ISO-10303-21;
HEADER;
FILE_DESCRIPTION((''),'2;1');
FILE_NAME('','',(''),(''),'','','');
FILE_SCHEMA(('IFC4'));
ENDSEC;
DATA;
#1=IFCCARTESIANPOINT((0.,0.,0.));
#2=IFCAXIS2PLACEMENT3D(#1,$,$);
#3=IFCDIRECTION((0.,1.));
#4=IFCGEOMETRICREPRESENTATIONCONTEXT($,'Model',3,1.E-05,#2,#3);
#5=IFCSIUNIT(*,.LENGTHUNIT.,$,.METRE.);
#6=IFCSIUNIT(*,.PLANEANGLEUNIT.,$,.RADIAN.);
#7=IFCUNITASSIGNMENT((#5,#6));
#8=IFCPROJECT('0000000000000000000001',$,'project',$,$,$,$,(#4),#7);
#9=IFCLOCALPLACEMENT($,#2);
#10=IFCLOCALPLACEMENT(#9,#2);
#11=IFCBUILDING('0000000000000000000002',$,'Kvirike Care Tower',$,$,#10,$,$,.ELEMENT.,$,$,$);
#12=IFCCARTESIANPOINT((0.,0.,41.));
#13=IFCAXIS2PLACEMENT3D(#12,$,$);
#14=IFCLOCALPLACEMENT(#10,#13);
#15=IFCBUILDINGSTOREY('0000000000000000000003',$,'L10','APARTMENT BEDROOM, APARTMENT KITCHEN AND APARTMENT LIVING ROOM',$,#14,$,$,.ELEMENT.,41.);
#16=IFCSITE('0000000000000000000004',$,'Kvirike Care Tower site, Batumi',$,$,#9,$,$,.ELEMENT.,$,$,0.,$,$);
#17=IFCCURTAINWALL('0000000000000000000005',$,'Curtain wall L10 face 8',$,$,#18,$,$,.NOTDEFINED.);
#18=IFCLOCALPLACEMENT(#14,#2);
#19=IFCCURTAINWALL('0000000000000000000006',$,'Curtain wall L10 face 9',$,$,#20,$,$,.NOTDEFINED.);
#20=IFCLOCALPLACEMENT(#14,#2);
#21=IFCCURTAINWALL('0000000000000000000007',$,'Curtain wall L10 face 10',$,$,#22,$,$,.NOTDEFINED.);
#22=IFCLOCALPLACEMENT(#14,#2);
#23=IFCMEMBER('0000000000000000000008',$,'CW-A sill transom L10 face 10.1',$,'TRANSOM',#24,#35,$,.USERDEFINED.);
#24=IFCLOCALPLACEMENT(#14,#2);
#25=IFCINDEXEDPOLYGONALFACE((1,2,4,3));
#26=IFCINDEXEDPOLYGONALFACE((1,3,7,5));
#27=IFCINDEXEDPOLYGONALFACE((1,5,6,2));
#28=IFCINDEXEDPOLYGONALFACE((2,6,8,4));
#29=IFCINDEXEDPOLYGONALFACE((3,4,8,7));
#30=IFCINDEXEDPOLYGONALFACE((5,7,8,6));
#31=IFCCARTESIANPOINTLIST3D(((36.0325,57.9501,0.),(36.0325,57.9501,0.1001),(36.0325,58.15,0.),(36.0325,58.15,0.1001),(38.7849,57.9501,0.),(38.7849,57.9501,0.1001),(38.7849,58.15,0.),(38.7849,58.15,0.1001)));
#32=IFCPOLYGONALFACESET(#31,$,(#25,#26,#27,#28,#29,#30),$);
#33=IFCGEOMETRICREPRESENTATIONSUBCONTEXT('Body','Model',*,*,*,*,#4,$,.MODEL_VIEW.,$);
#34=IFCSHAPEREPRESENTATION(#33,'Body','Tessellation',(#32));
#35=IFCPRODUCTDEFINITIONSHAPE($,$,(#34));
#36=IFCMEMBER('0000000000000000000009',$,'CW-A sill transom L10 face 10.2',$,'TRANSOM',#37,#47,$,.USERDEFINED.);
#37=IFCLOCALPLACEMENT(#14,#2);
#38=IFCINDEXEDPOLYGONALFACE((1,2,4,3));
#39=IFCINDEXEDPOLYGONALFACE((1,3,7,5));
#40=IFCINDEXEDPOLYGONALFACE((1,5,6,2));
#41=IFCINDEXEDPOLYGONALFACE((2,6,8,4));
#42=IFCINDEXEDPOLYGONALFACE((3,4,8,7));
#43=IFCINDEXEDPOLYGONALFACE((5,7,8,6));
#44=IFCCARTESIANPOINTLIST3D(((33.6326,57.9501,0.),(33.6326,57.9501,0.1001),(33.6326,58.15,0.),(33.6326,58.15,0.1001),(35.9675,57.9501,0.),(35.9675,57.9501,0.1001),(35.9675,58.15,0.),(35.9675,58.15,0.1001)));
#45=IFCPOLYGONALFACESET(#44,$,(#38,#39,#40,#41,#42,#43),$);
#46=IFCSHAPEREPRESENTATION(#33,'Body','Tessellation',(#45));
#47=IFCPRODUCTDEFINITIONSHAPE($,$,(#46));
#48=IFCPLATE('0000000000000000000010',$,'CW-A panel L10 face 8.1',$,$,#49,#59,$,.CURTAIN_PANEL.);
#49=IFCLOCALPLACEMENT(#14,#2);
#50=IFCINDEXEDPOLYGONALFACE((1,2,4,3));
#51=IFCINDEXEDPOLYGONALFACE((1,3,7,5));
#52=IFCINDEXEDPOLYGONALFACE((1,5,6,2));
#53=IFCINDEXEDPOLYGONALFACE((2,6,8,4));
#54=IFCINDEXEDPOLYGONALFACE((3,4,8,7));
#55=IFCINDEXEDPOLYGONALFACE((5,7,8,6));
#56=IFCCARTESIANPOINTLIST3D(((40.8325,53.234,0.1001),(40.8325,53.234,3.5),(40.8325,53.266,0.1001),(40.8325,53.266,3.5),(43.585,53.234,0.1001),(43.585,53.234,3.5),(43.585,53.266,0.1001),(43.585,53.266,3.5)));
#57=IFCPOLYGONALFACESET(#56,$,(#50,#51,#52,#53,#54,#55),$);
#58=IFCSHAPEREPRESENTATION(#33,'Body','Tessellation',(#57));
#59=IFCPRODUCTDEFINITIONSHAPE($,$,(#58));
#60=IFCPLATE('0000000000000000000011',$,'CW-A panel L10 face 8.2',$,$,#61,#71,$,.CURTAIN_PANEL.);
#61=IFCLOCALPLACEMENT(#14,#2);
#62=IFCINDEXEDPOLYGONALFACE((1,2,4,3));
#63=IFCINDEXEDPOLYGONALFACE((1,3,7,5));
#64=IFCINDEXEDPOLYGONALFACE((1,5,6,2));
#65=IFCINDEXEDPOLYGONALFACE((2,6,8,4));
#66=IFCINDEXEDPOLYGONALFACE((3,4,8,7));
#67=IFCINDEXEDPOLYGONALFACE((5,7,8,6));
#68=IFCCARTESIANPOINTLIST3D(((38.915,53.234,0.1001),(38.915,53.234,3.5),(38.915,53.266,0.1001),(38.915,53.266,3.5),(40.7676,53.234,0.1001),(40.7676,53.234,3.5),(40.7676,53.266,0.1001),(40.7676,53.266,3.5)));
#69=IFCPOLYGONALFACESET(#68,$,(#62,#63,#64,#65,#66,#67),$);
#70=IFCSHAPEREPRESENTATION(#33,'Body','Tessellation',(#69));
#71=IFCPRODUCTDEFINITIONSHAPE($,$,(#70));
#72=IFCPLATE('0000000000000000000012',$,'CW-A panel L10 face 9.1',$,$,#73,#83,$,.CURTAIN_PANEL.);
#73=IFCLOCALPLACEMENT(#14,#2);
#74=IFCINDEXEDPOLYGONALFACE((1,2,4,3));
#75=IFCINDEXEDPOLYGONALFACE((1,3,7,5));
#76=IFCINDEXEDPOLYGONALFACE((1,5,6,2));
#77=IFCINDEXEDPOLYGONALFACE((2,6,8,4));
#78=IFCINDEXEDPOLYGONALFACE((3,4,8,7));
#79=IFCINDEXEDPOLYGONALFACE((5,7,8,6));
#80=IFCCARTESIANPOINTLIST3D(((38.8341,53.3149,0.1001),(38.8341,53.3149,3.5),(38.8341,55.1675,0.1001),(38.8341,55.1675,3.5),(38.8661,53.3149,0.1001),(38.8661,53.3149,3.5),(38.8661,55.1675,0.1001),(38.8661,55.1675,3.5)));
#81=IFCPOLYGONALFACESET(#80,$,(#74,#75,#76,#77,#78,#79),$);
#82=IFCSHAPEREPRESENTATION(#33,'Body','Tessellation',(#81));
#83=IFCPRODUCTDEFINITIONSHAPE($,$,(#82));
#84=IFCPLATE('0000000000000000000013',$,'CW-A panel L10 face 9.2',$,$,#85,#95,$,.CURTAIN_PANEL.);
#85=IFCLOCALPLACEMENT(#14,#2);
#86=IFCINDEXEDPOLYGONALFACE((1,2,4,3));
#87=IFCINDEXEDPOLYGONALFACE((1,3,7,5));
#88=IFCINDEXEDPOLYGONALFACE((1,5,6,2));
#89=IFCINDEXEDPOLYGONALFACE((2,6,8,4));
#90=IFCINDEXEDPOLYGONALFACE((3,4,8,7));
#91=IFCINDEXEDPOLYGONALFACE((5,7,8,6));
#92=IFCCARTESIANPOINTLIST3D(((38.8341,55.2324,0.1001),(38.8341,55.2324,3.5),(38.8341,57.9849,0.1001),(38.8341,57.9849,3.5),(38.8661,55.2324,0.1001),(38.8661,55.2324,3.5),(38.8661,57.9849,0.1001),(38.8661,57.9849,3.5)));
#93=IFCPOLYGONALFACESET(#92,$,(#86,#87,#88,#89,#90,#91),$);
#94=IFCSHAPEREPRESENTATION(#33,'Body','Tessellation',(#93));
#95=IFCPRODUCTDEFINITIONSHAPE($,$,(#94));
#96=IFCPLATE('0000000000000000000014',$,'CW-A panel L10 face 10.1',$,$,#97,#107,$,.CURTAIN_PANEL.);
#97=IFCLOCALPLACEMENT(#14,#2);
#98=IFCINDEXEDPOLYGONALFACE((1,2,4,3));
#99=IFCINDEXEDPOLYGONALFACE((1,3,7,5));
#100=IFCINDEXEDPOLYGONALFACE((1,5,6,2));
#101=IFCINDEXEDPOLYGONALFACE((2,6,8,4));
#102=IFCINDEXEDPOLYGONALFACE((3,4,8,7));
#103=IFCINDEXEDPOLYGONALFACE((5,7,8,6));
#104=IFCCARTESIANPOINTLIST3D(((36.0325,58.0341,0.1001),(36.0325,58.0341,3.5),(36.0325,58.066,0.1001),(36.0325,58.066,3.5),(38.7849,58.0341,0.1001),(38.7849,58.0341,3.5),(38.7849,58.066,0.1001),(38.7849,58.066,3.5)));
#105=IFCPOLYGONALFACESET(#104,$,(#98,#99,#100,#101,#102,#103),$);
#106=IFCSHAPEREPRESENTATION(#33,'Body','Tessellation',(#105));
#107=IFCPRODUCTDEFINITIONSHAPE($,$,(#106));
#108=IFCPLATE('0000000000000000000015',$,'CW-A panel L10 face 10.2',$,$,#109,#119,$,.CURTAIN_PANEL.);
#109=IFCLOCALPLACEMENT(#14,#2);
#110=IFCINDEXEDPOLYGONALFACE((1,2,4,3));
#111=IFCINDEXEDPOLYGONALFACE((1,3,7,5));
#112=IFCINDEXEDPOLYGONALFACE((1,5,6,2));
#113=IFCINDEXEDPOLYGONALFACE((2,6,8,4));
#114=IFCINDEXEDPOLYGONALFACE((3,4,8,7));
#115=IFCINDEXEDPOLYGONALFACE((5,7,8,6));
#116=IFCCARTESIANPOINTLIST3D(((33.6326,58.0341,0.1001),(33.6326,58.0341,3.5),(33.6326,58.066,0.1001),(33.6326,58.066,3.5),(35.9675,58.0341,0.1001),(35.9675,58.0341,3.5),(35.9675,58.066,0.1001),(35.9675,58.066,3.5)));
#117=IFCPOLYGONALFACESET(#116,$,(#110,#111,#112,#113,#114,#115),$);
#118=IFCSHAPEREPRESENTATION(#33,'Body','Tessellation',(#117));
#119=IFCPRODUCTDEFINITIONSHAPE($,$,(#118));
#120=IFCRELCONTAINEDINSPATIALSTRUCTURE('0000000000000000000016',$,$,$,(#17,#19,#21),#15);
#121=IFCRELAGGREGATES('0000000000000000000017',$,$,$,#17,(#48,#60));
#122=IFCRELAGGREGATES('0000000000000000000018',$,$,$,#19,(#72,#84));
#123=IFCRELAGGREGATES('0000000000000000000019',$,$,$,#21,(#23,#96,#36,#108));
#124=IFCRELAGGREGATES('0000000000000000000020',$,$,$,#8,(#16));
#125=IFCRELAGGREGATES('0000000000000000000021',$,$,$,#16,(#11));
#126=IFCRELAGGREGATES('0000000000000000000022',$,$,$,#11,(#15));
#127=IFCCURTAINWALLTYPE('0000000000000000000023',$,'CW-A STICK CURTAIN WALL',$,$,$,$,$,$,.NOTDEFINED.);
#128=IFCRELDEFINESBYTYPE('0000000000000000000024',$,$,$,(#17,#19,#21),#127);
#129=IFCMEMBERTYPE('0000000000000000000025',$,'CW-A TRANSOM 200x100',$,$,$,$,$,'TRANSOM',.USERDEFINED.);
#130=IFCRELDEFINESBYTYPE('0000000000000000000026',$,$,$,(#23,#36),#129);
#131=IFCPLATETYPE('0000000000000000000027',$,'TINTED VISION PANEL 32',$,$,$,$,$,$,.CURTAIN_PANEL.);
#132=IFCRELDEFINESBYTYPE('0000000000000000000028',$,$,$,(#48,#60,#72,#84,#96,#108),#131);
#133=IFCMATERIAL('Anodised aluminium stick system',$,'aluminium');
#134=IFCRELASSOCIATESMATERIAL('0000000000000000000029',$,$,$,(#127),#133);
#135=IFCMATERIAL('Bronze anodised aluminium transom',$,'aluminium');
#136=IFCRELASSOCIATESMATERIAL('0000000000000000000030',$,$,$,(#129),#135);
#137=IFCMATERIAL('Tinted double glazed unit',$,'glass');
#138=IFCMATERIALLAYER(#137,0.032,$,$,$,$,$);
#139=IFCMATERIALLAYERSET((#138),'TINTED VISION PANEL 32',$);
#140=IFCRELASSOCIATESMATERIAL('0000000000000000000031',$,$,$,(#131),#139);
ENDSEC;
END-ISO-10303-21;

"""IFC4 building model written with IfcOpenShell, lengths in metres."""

from ifc_helpers import new_model, si_unit, direction, frame, origin, origin_2d, place, context, subcontext, project, spatial, rectangle, extrude, material, layer, layer_set, material_profile, profile_set, type_object, element, aggregate, save


model = new_model("IFC4")

# Units and contexts
model_context = context("Model", 3, precision=1e-05, world=origin(), true_north=direction((0.0, 1.0)))
body_context = subcontext(model_context, "Body", "Model", "MODEL_VIEW")
ifc_project = project(units=[si_unit("LENGTHUNIT", "METRE"), si_unit("PLANEANGLEUNIT", "RADIAN")], contexts=[model_context])

# Site, building, storey
site_placement = place(None, origin())
site = spatial("IfcSite", under=ifc_project, at=site_placement, Name="Kvirike Care Tower site, Batumi", CompositionType="ELEMENT", RefElevation=0.0)
building_placement = place(site_placement, origin())
building = spatial("IfcBuilding", under=site, at=building_placement, Name="Kvirike Care Tower", CompositionType="ELEMENT")
storey_placement = place(building_placement, frame((0.0, 0.0, 41.0)))
storey = spatial("IfcBuildingStorey", under=building, at=storey_placement, Name="L10", Description="APARTMENT BEDROOM, APARTMENT KITCHEN AND APARTMENT LIVING ROOM", CompositionType="ELEMENT", Elevation=41.0)

# Curtain walls
ifc_material_1 = material(Name="Anodised aluminium stick system", Category="aluminium")
curtain_wall_type = type_object("IfcCurtainWallType", Name="CW-A STICK CURTAIN WALL", PredefinedType="NOTDEFINED", material=ifc_material_1)
curtain_wall_1_placement = place(storey_placement, origin())
curtain_wall_1 = element("IfcCurtainWall", 1, at=curtain_wall_1_placement, inside=storey, type_object=curtain_wall_type, Name="Curtain wall L10 face 8", PredefinedType="NOTDEFINED")
curtain_wall_2_placement = place(storey_placement, origin())
curtain_wall_2 = element("IfcCurtainWall", 2, at=curtain_wall_2_placement, inside=storey, type_object=curtain_wall_type, Name="Curtain wall L10 face 9", PredefinedType="NOTDEFINED")

# Curtain wall
curtain_wall_3_placement = place(storey_placement, origin())
curtain_wall_3 = element("IfcCurtainWall", 3, at=curtain_wall_3_placement, inside=storey, type_object=curtain_wall_type, Name="Curtain wall L10 face 10", PredefinedType="NOTDEFINED")

# Members
ifc_material_2 = material(Name="Bronze anodised aluminium transom", Category="aluminium")
ifc_material_profile_1 = material_profile(ifc_material_2, rectangle(XDim=0.2, YDim=0.1001, at=origin_2d()), Name="CW-A TRANSOM 200x100")
ifc_profile_set_1 = profile_set([ifc_material_profile_1], Name="Bronze anodised aluminium transom")
member_type_1 = type_object("IfcMemberType", Name="CW-A TRANSOM 200x100", ElementType="TRANSOM", PredefinedType="USERDEFINED", material=ifc_profile_set_1)
member_1_placement = place(storey_placement, frame((38.7849, 58.05, 0.05), z_axis=(-1.0, 0.0, 0.0), x_axis=(0.0, -1.0, 0.0)))
member_1 = element("IfcMember", 4, at=member_1_placement, type_object=member_type_1, Name="CW-A sill transom L10 face 10.1", ObjectType="TRANSOM", PredefinedType="USERDEFINED", context=body_context, shape_type="SweptSolid", body=[
    extrude(rectangle(XDim=0.2, YDim=0.1001, at=origin_2d()), origin(), (0.0, 0.0, 1.0), 2.7524),
])
member_2_placement = place(storey_placement, frame((35.9675, 58.05, 0.05), z_axis=(-1.0, 0.0, 0.0), x_axis=(0.0, -1.0, 0.0)))
member_2 = element("IfcMember", 5, at=member_2_placement, type_object=member_type_1, Name="CW-A sill transom L10 face 10.2", ObjectType="TRANSOM", PredefinedType="USERDEFINED", context=body_context, shape_type="SweptSolid", body=[
    extrude(rectangle(XDim=0.2, YDim=0.1001, at=origin_2d()), origin(), (0.0, 0.0, 1.0), 2.335),
])

# Plates
ifc_material_3 = material(Name="Tinted double glazed unit", Category="glass")
ifc_layer = layer(ifc_material_3, 0.032)
ifc_layer_set = layer_set([ifc_layer], Name="TINTED VISION PANEL 32")
plate_type = type_object("IfcPlateType", Name="TINTED VISION PANEL 32", PredefinedType="CURTAIN_PANEL", material=ifc_layer_set)
plate_1_placement = place(storey_placement, frame((42.2087, 53.25, 0.1001), z_axis=(0.0, 0.0, 1.0), x_axis=(-1.0, 0.0, 0.0)))
plate_1 = element("IfcPlate", 6, at=plate_1_placement, type_object=plate_type, Name="CW-A panel L10 face 8.1", PredefinedType="CURTAIN_PANEL", context=body_context, shape_type="SweptSolid", body=[
    extrude(rectangle(XDim=2.7524, YDim=0.032, at=origin_2d()), origin(), (0.0, 0.0, 1.0), 3.3999),
])
plate_2_placement = place(storey_placement, frame((39.8413, 53.25, 0.1001), z_axis=(0.0, 0.0, 1.0), x_axis=(-1.0, 0.0, 0.0)))
plate_2 = element("IfcPlate", 7, at=plate_2_placement, type_object=plate_type, Name="CW-A panel L10 face 8.2", PredefinedType="CURTAIN_PANEL", context=body_context, shape_type="SweptSolid", body=[
    extrude(rectangle(XDim=1.8525, YDim=0.032, at=origin_2d()), origin(), (0.0, 0.0, 1.0), 3.3999),
])
aggregate(curtain_wall_1, [plate_1, plate_2])
plate_3_placement = place(storey_placement, frame((38.8501, 54.2412, 0.1001), z_axis=(0.0, 0.0, 1.0), x_axis=(0.0, 1.0, 0.0)))
plate_3 = element("IfcPlate", 8, at=plate_3_placement, type_object=plate_type, Name="CW-A panel L10 face 9.1", PredefinedType="CURTAIN_PANEL", context=body_context, shape_type="SweptSolid", body=[
    extrude(rectangle(XDim=1.8525, YDim=0.032, at=origin_2d()), origin(), (0.0, 0.0, 1.0), 3.3999),
])
plate_4_placement = place(storey_placement, frame((38.8501, 56.6086, 0.1001), z_axis=(0.0, 0.0, 1.0), x_axis=(0.0, 1.0, 0.0)))
plate_4 = element("IfcPlate", 9, at=plate_4_placement, type_object=plate_type, Name="CW-A panel L10 face 9.2", PredefinedType="CURTAIN_PANEL", context=body_context, shape_type="SweptSolid", body=[
    extrude(rectangle(XDim=2.7524, YDim=0.032, at=origin_2d()), origin(), (0.0, 0.0, 1.0), 3.3999),
])
aggregate(curtain_wall_2, [plate_3, plate_4])
plate_5_placement = place(storey_placement, frame((37.4087, 58.05, 0.1001), z_axis=(0.0, 0.0, 1.0), x_axis=(-1.0, 0.0, 0.0)))
plate_5 = element("IfcPlate", 10, at=plate_5_placement, type_object=plate_type, Name="CW-A panel L10 face 10.1", PredefinedType="CURTAIN_PANEL", context=body_context, shape_type="SweptSolid", body=[
    extrude(rectangle(XDim=2.7524, YDim=0.032, at=origin_2d()), origin(), (0.0, 0.0, 1.0), 3.3999),
])
plate_6_placement = place(storey_placement, frame((34.8, 58.05, 0.1001), z_axis=(0.0, 0.0, 1.0), x_axis=(-1.0, 0.0, 0.0)))
plate_6 = element("IfcPlate", 11, at=plate_6_placement, type_object=plate_type, Name="CW-A panel L10 face 10.2", PredefinedType="CURTAIN_PANEL", context=body_context, shape_type="SweptSolid", body=[
    extrude(rectangle(XDim=2.335, YDim=0.032, at=origin_2d()), origin(), (0.0, 0.0, 1.0), 3.3999),
])
aggregate(curtain_wall_3, [member_1, plate_5, member_2, plate_6])

save(model, "model.ifc")
